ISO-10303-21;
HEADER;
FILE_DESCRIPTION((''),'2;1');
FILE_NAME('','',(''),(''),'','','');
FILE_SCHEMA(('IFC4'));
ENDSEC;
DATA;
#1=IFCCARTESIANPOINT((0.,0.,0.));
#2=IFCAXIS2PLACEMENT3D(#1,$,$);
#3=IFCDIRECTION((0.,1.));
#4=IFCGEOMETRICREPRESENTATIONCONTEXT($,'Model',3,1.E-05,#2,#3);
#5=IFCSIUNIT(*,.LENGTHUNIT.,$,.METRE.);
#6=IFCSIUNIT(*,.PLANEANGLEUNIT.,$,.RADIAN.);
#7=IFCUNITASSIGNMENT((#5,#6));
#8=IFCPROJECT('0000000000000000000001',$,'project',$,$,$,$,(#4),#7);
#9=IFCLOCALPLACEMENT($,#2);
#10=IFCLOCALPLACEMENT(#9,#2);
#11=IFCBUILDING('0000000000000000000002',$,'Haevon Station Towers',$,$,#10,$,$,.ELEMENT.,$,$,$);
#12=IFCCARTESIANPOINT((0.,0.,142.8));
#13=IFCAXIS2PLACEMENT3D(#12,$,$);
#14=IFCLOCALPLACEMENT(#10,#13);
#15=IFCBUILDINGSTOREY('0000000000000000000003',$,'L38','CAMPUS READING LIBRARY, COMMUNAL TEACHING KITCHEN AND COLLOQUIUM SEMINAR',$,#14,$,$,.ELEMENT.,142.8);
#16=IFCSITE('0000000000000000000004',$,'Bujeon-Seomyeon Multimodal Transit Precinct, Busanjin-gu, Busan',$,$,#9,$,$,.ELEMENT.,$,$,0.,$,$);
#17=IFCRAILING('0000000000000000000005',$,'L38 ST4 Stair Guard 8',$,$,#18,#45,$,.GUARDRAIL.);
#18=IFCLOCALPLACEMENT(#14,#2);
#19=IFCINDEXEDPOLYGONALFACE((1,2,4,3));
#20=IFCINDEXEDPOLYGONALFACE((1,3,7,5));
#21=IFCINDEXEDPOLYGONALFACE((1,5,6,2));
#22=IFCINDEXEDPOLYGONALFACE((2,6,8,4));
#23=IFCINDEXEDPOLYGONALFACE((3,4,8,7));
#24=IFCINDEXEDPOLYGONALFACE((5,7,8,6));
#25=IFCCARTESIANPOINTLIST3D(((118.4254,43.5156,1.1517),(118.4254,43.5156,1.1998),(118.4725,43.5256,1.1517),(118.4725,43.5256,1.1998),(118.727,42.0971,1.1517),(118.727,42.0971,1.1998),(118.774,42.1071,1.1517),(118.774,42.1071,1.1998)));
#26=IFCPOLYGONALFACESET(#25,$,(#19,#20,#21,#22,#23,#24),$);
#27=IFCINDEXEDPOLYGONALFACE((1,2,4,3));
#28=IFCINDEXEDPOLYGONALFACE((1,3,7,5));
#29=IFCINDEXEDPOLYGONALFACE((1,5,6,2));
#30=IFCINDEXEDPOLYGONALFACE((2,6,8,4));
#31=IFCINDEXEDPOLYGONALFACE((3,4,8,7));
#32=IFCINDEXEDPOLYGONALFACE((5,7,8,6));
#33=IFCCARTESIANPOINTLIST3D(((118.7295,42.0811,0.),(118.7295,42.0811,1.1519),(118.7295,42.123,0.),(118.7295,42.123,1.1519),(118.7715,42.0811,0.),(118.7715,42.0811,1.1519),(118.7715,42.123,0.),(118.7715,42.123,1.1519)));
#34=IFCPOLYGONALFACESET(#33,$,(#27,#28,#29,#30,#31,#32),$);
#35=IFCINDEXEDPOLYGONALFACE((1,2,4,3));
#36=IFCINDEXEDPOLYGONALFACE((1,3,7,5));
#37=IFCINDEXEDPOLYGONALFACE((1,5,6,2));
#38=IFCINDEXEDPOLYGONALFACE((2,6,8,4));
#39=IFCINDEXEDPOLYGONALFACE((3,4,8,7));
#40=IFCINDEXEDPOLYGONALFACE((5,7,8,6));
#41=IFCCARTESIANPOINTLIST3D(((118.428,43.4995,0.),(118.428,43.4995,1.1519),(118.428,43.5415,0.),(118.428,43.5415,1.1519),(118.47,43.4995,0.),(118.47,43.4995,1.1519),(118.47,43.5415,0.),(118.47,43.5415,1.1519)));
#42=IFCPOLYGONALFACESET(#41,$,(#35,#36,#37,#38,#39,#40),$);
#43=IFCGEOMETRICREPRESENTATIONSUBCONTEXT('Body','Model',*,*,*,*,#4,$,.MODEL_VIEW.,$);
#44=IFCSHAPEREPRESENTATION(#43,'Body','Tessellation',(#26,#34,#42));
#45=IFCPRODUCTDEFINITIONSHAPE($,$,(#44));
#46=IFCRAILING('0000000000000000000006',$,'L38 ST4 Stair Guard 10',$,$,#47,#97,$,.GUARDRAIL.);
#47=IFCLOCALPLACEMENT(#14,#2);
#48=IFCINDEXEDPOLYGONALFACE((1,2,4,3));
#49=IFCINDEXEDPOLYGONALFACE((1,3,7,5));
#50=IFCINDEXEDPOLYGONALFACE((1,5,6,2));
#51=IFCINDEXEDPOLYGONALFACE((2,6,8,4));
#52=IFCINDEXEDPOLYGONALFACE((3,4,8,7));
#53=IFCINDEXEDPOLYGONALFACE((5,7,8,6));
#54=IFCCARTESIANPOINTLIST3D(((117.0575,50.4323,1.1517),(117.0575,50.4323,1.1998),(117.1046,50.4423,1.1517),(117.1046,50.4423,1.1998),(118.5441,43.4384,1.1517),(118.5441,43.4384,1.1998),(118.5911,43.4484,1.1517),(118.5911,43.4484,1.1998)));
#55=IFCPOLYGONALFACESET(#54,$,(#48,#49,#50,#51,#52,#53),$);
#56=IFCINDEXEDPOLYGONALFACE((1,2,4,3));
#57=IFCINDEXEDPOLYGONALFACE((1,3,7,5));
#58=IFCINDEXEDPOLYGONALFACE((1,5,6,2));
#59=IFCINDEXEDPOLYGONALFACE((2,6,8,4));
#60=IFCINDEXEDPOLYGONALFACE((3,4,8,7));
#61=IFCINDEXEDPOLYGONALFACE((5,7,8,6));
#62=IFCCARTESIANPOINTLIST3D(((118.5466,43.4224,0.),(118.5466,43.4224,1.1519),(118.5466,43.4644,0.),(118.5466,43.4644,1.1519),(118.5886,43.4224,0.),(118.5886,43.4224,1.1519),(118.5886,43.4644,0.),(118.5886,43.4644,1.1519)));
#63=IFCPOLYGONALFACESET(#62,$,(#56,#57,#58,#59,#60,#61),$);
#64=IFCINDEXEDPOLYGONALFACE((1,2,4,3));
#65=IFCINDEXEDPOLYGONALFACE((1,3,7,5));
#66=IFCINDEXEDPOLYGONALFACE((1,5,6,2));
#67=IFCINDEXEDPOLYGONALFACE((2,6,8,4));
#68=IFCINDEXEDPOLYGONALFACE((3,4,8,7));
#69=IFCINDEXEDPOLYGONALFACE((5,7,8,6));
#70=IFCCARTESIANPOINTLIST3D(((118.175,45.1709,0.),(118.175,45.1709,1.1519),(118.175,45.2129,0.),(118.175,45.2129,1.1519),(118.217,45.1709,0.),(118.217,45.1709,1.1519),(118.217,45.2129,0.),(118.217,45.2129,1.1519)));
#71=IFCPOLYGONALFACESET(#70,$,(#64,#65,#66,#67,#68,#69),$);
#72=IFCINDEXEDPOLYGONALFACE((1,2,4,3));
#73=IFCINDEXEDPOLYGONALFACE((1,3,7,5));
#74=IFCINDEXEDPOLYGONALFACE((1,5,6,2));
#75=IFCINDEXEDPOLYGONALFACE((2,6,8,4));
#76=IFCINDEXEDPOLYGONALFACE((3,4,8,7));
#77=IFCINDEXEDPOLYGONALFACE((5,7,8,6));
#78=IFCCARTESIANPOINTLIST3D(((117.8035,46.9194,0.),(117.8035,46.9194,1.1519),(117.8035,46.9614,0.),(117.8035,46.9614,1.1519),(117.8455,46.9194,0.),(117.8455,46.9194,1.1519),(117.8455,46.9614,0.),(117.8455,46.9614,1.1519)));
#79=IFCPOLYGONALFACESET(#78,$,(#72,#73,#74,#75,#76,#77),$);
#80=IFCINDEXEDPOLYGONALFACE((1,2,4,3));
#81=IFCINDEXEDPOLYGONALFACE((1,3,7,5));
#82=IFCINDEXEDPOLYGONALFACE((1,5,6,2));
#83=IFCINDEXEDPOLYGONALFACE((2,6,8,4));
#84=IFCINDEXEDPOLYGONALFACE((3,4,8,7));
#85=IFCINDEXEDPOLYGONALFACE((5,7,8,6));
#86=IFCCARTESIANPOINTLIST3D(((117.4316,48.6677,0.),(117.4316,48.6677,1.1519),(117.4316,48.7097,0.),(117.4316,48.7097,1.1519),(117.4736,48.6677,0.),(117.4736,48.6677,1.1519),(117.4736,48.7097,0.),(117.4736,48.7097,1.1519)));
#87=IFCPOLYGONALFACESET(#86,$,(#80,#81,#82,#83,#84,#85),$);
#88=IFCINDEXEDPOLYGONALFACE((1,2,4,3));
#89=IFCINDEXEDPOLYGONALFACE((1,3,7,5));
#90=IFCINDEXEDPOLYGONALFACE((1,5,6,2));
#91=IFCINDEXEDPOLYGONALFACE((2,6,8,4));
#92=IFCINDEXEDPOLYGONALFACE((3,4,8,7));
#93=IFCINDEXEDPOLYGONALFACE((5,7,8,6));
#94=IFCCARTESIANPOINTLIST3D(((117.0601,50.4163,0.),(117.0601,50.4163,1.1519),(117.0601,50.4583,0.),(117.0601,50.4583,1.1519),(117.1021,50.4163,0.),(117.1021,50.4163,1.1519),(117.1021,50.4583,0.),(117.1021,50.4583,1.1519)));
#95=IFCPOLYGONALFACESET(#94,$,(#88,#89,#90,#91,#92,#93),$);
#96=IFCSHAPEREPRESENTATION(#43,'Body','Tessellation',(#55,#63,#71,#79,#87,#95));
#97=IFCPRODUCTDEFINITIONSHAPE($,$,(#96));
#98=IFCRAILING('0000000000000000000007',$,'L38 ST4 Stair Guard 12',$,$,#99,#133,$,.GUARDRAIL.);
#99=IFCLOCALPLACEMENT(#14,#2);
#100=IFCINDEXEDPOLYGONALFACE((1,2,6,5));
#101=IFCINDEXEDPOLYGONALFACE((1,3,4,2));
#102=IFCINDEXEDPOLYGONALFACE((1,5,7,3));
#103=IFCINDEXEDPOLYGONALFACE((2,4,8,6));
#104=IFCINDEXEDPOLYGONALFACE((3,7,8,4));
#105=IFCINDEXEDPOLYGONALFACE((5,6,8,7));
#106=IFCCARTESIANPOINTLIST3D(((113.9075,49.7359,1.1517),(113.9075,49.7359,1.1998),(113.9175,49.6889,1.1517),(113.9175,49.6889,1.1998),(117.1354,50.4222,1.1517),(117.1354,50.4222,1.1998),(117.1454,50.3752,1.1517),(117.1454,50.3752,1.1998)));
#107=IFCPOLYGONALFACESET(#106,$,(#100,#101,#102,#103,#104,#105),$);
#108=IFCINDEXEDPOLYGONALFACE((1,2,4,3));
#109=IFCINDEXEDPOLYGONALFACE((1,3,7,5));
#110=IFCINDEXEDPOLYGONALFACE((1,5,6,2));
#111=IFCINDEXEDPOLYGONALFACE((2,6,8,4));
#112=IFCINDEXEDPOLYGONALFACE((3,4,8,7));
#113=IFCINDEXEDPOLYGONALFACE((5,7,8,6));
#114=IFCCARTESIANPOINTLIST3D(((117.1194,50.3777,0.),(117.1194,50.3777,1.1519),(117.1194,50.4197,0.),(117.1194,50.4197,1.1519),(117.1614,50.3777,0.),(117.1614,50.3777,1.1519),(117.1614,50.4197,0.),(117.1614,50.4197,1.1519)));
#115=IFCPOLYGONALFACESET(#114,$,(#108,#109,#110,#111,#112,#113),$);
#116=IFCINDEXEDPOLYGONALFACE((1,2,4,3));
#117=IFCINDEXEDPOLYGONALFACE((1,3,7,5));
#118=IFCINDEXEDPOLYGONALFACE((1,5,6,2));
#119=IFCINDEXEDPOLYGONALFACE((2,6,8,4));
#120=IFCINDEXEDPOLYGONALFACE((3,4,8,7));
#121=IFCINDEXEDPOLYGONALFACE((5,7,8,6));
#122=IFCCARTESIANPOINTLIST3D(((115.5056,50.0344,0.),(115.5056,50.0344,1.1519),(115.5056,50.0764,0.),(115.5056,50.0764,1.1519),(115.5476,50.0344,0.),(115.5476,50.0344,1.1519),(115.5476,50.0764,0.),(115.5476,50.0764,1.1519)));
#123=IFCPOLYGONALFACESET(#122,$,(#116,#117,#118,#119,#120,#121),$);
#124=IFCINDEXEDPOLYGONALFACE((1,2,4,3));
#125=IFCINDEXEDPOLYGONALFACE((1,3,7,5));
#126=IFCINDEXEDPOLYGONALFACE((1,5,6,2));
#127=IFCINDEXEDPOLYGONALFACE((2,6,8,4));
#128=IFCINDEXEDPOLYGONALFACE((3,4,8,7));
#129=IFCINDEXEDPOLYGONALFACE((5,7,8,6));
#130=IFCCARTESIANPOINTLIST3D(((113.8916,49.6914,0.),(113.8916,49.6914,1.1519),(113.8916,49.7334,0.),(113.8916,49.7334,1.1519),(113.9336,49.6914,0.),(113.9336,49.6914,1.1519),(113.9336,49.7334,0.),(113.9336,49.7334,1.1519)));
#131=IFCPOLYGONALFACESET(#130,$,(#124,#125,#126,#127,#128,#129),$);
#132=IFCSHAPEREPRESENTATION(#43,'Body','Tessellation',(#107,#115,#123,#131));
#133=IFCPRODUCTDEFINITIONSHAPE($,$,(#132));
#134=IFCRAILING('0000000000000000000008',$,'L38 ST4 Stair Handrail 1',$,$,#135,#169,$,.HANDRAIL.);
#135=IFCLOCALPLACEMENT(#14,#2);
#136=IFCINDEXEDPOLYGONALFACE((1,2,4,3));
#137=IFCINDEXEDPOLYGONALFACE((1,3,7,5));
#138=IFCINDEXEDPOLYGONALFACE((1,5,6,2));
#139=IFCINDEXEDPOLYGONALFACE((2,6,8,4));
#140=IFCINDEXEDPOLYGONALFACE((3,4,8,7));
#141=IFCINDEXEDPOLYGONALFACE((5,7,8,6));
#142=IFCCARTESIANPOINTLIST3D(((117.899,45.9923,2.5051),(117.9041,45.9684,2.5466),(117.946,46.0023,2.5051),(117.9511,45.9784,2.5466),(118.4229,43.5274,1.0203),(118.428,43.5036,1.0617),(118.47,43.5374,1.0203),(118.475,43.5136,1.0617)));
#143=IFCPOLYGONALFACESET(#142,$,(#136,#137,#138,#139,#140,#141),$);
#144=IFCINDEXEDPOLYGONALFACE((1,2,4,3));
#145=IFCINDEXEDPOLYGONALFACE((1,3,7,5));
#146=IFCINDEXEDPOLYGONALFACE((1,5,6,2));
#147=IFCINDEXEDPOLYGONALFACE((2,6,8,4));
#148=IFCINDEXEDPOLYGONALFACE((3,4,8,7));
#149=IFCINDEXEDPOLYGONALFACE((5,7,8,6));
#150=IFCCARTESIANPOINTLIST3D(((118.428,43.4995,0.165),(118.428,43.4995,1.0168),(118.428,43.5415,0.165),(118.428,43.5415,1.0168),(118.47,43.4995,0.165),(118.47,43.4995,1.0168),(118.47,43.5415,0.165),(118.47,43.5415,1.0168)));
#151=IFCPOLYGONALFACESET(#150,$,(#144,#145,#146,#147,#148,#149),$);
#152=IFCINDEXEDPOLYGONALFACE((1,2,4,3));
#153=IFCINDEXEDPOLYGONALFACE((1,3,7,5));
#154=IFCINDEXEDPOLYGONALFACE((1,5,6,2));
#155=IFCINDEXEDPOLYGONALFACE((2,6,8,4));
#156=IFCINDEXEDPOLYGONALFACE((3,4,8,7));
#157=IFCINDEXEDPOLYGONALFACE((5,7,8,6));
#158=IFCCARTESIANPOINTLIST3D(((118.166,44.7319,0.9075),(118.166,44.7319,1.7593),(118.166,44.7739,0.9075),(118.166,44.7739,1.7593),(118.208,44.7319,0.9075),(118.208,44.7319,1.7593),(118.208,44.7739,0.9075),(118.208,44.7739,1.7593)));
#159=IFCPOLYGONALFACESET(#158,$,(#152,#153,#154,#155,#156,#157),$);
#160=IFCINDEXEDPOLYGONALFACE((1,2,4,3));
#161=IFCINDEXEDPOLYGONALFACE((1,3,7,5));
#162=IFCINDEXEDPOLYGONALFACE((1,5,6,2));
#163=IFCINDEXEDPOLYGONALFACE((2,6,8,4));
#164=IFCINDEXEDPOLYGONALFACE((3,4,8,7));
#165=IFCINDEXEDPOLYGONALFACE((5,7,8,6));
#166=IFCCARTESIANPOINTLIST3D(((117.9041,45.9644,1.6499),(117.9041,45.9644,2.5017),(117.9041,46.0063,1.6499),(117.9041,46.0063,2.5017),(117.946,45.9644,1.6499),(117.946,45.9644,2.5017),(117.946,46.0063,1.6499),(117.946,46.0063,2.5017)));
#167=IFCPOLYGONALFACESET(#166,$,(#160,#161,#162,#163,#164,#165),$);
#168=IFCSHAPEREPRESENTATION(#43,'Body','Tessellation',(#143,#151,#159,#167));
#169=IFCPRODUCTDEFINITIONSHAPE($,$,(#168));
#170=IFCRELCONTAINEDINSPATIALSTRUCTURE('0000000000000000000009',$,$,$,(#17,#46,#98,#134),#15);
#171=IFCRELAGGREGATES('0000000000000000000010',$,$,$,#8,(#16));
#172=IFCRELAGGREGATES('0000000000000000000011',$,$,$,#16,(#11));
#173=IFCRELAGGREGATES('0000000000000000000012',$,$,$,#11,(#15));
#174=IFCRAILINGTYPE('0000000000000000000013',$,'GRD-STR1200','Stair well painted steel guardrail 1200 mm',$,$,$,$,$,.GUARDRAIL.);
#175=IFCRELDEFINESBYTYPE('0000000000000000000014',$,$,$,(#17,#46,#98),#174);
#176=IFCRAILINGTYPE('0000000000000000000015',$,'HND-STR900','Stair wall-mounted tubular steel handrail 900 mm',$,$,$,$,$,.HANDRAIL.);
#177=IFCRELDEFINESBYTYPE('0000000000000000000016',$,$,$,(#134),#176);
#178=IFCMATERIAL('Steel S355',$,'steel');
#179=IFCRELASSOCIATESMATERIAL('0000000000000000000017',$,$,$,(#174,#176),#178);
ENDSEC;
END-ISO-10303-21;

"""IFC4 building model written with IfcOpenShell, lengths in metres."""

from ifc_helpers import new_model, si_unit, direction, frame, origin, origin_2d, place, context, subcontext, project, spatial, rectangle, extrude, material, type_object, element, save


model = new_model("IFC4")

# Units and contexts
model_context = context("Model", 3, precision=1e-05, world=origin(), true_north=direction((0.0, 1.0)))
body_context = subcontext(model_context, "Body", "Model", "MODEL_VIEW")
ifc_project = project(units=[si_unit("LENGTHUNIT", "METRE"), si_unit("PLANEANGLEUNIT", "RADIAN")], contexts=[model_context])

# Site, building, storey
site_placement = place(None, origin())
site = spatial("IfcSite", under=ifc_project, at=site_placement, Name="Bujeon-Seomyeon Multimodal Transit Precinct, Busanjin-gu, Busan", CompositionType="ELEMENT", RefElevation=0.0)
building_placement = place(site_placement, origin())
building = spatial("IfcBuilding", under=site, at=building_placement, Name="Haevon Station Towers", CompositionType="ELEMENT")
storey_placement = place(building_placement, frame((0.0, 0.0, 142.8)))
storey = spatial("IfcBuildingStorey", under=building, at=storey_placement, Name="L38", Description="CAMPUS READING LIBRARY, COMMUNAL TEACHING KITCHEN AND COLLOQUIUM SEMINAR", CompositionType="ELEMENT", Elevation=142.8)

# Shared definitions
ifc_material_1 = material(Name="Steel S355", Category="steel")

# Railings
railing_type_1 = type_object("IfcRailingType", Name="GRD-STR1200", Description="Stair well painted steel guardrail 1200 mm", PredefinedType="GUARDRAIL", material=ifc_material_1)
railing_1_placement = place(storey_placement, frame((118.7505, 42.1021, 0.0)))
element("IfcRailing", 1, at=railing_1_placement, inside=storey, type_object=railing_type_1, Name="L38 ST4 Stair Guard 8", PredefinedType="GUARDRAIL", context=body_context, shape_type="SweptSolid", body=[
    extrude(rectangle(XDim=0.0481, YDim=0.0481, at=origin_2d()), frame((0.0, 0.0, 1.1758), z_axis=(-0.207919, 0.978146, 0.0), x_axis=(-0.978146, -0.207919, 0.0)), (0.0, 0.0, 1.0), 1.4502),
    extrude(rectangle(XDim=0.042, YDim=0.042, at=origin_2d()), origin(), (0.0, 0.0, 1.0), 1.1519),
    extrude(rectangle(XDim=0.042, YDim=0.042, at=origin_2d()), frame((-0.3015, 1.4185, 0.0)), (0.0, 0.0, 1.0), 1.1519),
])
railing_2_placement = place(storey_placement, frame((118.5676, 43.4434, 0.0)))
element("IfcRailing", 2, at=railing_2_placement, inside=storey, type_object=railing_type_1, Name="L38 ST4 Stair Guard 10", PredefinedType="GUARDRAIL", context=body_context, shape_type="SweptSolid", body=[
    extrude(rectangle(XDim=0.0481, YDim=0.0481, at=origin_2d()), frame((0.0, 0.0, 1.1758), z_axis=(-0.207908, 0.978148, 0.0), x_axis=(-0.978148, -0.207908, 0.0)), (0.0, 0.0, 1.0), 7.1501),
    extrude(rectangle(XDim=0.042, YDim=0.042, at=origin_2d()), origin(), (0.0, 0.0, 1.0), 1.1519),
    extrude(rectangle(XDim=0.042, YDim=0.042, at=origin_2d()), frame((-0.3716, 1.7485, 0.0)), (0.0, 0.0, 1.0), 1.1519),
    extrude(rectangle(XDim=0.042, YDim=0.042, at=origin_2d()), frame((-0.7432, 3.4971, 0.0)), (0.0, 0.0, 1.0), 1.1519),
    extrude(rectangle(XDim=0.042, YDim=0.042, at=origin_2d()), frame((-1.115, 5.2454, 0.0)), (0.0, 0.0, 1.0), 1.1519),
    extrude(rectangle(XDim=0.042, YDim=0.042, at=origin_2d()), frame((-1.4866, 6.9939, 0.0)), (0.0, 0.0, 1.0), 1.1519),
])
railing_3_placement = place(storey_placement, frame((117.1404, 50.3987, 0.0)))
element("IfcRailing", 3, at=railing_3_placement, inside=storey, type_object=railing_type_1, Name="L38 ST4 Stair Guard 12", PredefinedType="GUARDRAIL", context=body_context, shape_type="SweptSolid", body=[
    extrude(rectangle(XDim=0.0481, YDim=0.0481, at=origin_2d()), frame((0.0, 0.0, 1.1758), z_axis=(-0.978136, -0.207968, 0.0), x_axis=(0.207968, -0.978136, 0.0)), (0.0, 0.0, 1.0), 3.3),
    extrude(rectangle(XDim=0.042, YDim=0.042, at=origin_2d()), origin(), (0.0, 0.0, 1.0), 1.1519),
    extrude(rectangle(XDim=0.042, YDim=0.042, at=origin_2d()), frame((-1.6138, -0.3433, 0.0)), (0.0, 0.0, 1.0), 1.1519),
    extrude(rectangle(XDim=0.042, YDim=0.042, at=origin_2d()), frame((-3.2278, -0.6863, 0.0)), (0.0, 0.0, 1.0), 1.1519),
])
railing_type_2 = type_object("IfcRailingType", Name="HND-STR900", Description="Stair wall-mounted tubular steel handrail 900 mm", PredefinedType="HANDRAIL", material=ifc_material_1)
railing_4_placement = place(storey_placement, frame((118.449, 43.5205, 0.165)))
element("IfcRailing", 4, at=railing_4_placement, inside=storey, type_object=railing_type_2, Name="L38 ST4 Stair Handrail 1", PredefinedType="HANDRAIL", context=body_context, shape_type="SweptSolid", body=[
    extrude(rectangle(XDim=0.0481, YDim=0.0481, at=origin_2d()), frame((0.0, 0.0, 0.876), z_axis=(-0.179129, 0.842724, 0.507671), x_axis=(-0.978147, -0.207914, 0.0)), (0.0, 0.0, 1.0), 2.9248),
    extrude(rectangle(XDim=0.042, YDim=0.042, at=origin_2d()), origin(), (0.0, 0.0, 1.0), 0.8518),
    extrude(rectangle(XDim=0.042, YDim=0.042, at=origin_2d()), frame((-0.262, 1.2324, 0.7424)), (0.0, 0.0, 1.0), 0.8518),
    extrude(rectangle(XDim=0.042, YDim=0.042, at=origin_2d()), frame((-0.5239, 2.4648, 1.4849)), (0.0, 0.0, 1.0), 0.8518),
])

save(model, "model.ifc")
